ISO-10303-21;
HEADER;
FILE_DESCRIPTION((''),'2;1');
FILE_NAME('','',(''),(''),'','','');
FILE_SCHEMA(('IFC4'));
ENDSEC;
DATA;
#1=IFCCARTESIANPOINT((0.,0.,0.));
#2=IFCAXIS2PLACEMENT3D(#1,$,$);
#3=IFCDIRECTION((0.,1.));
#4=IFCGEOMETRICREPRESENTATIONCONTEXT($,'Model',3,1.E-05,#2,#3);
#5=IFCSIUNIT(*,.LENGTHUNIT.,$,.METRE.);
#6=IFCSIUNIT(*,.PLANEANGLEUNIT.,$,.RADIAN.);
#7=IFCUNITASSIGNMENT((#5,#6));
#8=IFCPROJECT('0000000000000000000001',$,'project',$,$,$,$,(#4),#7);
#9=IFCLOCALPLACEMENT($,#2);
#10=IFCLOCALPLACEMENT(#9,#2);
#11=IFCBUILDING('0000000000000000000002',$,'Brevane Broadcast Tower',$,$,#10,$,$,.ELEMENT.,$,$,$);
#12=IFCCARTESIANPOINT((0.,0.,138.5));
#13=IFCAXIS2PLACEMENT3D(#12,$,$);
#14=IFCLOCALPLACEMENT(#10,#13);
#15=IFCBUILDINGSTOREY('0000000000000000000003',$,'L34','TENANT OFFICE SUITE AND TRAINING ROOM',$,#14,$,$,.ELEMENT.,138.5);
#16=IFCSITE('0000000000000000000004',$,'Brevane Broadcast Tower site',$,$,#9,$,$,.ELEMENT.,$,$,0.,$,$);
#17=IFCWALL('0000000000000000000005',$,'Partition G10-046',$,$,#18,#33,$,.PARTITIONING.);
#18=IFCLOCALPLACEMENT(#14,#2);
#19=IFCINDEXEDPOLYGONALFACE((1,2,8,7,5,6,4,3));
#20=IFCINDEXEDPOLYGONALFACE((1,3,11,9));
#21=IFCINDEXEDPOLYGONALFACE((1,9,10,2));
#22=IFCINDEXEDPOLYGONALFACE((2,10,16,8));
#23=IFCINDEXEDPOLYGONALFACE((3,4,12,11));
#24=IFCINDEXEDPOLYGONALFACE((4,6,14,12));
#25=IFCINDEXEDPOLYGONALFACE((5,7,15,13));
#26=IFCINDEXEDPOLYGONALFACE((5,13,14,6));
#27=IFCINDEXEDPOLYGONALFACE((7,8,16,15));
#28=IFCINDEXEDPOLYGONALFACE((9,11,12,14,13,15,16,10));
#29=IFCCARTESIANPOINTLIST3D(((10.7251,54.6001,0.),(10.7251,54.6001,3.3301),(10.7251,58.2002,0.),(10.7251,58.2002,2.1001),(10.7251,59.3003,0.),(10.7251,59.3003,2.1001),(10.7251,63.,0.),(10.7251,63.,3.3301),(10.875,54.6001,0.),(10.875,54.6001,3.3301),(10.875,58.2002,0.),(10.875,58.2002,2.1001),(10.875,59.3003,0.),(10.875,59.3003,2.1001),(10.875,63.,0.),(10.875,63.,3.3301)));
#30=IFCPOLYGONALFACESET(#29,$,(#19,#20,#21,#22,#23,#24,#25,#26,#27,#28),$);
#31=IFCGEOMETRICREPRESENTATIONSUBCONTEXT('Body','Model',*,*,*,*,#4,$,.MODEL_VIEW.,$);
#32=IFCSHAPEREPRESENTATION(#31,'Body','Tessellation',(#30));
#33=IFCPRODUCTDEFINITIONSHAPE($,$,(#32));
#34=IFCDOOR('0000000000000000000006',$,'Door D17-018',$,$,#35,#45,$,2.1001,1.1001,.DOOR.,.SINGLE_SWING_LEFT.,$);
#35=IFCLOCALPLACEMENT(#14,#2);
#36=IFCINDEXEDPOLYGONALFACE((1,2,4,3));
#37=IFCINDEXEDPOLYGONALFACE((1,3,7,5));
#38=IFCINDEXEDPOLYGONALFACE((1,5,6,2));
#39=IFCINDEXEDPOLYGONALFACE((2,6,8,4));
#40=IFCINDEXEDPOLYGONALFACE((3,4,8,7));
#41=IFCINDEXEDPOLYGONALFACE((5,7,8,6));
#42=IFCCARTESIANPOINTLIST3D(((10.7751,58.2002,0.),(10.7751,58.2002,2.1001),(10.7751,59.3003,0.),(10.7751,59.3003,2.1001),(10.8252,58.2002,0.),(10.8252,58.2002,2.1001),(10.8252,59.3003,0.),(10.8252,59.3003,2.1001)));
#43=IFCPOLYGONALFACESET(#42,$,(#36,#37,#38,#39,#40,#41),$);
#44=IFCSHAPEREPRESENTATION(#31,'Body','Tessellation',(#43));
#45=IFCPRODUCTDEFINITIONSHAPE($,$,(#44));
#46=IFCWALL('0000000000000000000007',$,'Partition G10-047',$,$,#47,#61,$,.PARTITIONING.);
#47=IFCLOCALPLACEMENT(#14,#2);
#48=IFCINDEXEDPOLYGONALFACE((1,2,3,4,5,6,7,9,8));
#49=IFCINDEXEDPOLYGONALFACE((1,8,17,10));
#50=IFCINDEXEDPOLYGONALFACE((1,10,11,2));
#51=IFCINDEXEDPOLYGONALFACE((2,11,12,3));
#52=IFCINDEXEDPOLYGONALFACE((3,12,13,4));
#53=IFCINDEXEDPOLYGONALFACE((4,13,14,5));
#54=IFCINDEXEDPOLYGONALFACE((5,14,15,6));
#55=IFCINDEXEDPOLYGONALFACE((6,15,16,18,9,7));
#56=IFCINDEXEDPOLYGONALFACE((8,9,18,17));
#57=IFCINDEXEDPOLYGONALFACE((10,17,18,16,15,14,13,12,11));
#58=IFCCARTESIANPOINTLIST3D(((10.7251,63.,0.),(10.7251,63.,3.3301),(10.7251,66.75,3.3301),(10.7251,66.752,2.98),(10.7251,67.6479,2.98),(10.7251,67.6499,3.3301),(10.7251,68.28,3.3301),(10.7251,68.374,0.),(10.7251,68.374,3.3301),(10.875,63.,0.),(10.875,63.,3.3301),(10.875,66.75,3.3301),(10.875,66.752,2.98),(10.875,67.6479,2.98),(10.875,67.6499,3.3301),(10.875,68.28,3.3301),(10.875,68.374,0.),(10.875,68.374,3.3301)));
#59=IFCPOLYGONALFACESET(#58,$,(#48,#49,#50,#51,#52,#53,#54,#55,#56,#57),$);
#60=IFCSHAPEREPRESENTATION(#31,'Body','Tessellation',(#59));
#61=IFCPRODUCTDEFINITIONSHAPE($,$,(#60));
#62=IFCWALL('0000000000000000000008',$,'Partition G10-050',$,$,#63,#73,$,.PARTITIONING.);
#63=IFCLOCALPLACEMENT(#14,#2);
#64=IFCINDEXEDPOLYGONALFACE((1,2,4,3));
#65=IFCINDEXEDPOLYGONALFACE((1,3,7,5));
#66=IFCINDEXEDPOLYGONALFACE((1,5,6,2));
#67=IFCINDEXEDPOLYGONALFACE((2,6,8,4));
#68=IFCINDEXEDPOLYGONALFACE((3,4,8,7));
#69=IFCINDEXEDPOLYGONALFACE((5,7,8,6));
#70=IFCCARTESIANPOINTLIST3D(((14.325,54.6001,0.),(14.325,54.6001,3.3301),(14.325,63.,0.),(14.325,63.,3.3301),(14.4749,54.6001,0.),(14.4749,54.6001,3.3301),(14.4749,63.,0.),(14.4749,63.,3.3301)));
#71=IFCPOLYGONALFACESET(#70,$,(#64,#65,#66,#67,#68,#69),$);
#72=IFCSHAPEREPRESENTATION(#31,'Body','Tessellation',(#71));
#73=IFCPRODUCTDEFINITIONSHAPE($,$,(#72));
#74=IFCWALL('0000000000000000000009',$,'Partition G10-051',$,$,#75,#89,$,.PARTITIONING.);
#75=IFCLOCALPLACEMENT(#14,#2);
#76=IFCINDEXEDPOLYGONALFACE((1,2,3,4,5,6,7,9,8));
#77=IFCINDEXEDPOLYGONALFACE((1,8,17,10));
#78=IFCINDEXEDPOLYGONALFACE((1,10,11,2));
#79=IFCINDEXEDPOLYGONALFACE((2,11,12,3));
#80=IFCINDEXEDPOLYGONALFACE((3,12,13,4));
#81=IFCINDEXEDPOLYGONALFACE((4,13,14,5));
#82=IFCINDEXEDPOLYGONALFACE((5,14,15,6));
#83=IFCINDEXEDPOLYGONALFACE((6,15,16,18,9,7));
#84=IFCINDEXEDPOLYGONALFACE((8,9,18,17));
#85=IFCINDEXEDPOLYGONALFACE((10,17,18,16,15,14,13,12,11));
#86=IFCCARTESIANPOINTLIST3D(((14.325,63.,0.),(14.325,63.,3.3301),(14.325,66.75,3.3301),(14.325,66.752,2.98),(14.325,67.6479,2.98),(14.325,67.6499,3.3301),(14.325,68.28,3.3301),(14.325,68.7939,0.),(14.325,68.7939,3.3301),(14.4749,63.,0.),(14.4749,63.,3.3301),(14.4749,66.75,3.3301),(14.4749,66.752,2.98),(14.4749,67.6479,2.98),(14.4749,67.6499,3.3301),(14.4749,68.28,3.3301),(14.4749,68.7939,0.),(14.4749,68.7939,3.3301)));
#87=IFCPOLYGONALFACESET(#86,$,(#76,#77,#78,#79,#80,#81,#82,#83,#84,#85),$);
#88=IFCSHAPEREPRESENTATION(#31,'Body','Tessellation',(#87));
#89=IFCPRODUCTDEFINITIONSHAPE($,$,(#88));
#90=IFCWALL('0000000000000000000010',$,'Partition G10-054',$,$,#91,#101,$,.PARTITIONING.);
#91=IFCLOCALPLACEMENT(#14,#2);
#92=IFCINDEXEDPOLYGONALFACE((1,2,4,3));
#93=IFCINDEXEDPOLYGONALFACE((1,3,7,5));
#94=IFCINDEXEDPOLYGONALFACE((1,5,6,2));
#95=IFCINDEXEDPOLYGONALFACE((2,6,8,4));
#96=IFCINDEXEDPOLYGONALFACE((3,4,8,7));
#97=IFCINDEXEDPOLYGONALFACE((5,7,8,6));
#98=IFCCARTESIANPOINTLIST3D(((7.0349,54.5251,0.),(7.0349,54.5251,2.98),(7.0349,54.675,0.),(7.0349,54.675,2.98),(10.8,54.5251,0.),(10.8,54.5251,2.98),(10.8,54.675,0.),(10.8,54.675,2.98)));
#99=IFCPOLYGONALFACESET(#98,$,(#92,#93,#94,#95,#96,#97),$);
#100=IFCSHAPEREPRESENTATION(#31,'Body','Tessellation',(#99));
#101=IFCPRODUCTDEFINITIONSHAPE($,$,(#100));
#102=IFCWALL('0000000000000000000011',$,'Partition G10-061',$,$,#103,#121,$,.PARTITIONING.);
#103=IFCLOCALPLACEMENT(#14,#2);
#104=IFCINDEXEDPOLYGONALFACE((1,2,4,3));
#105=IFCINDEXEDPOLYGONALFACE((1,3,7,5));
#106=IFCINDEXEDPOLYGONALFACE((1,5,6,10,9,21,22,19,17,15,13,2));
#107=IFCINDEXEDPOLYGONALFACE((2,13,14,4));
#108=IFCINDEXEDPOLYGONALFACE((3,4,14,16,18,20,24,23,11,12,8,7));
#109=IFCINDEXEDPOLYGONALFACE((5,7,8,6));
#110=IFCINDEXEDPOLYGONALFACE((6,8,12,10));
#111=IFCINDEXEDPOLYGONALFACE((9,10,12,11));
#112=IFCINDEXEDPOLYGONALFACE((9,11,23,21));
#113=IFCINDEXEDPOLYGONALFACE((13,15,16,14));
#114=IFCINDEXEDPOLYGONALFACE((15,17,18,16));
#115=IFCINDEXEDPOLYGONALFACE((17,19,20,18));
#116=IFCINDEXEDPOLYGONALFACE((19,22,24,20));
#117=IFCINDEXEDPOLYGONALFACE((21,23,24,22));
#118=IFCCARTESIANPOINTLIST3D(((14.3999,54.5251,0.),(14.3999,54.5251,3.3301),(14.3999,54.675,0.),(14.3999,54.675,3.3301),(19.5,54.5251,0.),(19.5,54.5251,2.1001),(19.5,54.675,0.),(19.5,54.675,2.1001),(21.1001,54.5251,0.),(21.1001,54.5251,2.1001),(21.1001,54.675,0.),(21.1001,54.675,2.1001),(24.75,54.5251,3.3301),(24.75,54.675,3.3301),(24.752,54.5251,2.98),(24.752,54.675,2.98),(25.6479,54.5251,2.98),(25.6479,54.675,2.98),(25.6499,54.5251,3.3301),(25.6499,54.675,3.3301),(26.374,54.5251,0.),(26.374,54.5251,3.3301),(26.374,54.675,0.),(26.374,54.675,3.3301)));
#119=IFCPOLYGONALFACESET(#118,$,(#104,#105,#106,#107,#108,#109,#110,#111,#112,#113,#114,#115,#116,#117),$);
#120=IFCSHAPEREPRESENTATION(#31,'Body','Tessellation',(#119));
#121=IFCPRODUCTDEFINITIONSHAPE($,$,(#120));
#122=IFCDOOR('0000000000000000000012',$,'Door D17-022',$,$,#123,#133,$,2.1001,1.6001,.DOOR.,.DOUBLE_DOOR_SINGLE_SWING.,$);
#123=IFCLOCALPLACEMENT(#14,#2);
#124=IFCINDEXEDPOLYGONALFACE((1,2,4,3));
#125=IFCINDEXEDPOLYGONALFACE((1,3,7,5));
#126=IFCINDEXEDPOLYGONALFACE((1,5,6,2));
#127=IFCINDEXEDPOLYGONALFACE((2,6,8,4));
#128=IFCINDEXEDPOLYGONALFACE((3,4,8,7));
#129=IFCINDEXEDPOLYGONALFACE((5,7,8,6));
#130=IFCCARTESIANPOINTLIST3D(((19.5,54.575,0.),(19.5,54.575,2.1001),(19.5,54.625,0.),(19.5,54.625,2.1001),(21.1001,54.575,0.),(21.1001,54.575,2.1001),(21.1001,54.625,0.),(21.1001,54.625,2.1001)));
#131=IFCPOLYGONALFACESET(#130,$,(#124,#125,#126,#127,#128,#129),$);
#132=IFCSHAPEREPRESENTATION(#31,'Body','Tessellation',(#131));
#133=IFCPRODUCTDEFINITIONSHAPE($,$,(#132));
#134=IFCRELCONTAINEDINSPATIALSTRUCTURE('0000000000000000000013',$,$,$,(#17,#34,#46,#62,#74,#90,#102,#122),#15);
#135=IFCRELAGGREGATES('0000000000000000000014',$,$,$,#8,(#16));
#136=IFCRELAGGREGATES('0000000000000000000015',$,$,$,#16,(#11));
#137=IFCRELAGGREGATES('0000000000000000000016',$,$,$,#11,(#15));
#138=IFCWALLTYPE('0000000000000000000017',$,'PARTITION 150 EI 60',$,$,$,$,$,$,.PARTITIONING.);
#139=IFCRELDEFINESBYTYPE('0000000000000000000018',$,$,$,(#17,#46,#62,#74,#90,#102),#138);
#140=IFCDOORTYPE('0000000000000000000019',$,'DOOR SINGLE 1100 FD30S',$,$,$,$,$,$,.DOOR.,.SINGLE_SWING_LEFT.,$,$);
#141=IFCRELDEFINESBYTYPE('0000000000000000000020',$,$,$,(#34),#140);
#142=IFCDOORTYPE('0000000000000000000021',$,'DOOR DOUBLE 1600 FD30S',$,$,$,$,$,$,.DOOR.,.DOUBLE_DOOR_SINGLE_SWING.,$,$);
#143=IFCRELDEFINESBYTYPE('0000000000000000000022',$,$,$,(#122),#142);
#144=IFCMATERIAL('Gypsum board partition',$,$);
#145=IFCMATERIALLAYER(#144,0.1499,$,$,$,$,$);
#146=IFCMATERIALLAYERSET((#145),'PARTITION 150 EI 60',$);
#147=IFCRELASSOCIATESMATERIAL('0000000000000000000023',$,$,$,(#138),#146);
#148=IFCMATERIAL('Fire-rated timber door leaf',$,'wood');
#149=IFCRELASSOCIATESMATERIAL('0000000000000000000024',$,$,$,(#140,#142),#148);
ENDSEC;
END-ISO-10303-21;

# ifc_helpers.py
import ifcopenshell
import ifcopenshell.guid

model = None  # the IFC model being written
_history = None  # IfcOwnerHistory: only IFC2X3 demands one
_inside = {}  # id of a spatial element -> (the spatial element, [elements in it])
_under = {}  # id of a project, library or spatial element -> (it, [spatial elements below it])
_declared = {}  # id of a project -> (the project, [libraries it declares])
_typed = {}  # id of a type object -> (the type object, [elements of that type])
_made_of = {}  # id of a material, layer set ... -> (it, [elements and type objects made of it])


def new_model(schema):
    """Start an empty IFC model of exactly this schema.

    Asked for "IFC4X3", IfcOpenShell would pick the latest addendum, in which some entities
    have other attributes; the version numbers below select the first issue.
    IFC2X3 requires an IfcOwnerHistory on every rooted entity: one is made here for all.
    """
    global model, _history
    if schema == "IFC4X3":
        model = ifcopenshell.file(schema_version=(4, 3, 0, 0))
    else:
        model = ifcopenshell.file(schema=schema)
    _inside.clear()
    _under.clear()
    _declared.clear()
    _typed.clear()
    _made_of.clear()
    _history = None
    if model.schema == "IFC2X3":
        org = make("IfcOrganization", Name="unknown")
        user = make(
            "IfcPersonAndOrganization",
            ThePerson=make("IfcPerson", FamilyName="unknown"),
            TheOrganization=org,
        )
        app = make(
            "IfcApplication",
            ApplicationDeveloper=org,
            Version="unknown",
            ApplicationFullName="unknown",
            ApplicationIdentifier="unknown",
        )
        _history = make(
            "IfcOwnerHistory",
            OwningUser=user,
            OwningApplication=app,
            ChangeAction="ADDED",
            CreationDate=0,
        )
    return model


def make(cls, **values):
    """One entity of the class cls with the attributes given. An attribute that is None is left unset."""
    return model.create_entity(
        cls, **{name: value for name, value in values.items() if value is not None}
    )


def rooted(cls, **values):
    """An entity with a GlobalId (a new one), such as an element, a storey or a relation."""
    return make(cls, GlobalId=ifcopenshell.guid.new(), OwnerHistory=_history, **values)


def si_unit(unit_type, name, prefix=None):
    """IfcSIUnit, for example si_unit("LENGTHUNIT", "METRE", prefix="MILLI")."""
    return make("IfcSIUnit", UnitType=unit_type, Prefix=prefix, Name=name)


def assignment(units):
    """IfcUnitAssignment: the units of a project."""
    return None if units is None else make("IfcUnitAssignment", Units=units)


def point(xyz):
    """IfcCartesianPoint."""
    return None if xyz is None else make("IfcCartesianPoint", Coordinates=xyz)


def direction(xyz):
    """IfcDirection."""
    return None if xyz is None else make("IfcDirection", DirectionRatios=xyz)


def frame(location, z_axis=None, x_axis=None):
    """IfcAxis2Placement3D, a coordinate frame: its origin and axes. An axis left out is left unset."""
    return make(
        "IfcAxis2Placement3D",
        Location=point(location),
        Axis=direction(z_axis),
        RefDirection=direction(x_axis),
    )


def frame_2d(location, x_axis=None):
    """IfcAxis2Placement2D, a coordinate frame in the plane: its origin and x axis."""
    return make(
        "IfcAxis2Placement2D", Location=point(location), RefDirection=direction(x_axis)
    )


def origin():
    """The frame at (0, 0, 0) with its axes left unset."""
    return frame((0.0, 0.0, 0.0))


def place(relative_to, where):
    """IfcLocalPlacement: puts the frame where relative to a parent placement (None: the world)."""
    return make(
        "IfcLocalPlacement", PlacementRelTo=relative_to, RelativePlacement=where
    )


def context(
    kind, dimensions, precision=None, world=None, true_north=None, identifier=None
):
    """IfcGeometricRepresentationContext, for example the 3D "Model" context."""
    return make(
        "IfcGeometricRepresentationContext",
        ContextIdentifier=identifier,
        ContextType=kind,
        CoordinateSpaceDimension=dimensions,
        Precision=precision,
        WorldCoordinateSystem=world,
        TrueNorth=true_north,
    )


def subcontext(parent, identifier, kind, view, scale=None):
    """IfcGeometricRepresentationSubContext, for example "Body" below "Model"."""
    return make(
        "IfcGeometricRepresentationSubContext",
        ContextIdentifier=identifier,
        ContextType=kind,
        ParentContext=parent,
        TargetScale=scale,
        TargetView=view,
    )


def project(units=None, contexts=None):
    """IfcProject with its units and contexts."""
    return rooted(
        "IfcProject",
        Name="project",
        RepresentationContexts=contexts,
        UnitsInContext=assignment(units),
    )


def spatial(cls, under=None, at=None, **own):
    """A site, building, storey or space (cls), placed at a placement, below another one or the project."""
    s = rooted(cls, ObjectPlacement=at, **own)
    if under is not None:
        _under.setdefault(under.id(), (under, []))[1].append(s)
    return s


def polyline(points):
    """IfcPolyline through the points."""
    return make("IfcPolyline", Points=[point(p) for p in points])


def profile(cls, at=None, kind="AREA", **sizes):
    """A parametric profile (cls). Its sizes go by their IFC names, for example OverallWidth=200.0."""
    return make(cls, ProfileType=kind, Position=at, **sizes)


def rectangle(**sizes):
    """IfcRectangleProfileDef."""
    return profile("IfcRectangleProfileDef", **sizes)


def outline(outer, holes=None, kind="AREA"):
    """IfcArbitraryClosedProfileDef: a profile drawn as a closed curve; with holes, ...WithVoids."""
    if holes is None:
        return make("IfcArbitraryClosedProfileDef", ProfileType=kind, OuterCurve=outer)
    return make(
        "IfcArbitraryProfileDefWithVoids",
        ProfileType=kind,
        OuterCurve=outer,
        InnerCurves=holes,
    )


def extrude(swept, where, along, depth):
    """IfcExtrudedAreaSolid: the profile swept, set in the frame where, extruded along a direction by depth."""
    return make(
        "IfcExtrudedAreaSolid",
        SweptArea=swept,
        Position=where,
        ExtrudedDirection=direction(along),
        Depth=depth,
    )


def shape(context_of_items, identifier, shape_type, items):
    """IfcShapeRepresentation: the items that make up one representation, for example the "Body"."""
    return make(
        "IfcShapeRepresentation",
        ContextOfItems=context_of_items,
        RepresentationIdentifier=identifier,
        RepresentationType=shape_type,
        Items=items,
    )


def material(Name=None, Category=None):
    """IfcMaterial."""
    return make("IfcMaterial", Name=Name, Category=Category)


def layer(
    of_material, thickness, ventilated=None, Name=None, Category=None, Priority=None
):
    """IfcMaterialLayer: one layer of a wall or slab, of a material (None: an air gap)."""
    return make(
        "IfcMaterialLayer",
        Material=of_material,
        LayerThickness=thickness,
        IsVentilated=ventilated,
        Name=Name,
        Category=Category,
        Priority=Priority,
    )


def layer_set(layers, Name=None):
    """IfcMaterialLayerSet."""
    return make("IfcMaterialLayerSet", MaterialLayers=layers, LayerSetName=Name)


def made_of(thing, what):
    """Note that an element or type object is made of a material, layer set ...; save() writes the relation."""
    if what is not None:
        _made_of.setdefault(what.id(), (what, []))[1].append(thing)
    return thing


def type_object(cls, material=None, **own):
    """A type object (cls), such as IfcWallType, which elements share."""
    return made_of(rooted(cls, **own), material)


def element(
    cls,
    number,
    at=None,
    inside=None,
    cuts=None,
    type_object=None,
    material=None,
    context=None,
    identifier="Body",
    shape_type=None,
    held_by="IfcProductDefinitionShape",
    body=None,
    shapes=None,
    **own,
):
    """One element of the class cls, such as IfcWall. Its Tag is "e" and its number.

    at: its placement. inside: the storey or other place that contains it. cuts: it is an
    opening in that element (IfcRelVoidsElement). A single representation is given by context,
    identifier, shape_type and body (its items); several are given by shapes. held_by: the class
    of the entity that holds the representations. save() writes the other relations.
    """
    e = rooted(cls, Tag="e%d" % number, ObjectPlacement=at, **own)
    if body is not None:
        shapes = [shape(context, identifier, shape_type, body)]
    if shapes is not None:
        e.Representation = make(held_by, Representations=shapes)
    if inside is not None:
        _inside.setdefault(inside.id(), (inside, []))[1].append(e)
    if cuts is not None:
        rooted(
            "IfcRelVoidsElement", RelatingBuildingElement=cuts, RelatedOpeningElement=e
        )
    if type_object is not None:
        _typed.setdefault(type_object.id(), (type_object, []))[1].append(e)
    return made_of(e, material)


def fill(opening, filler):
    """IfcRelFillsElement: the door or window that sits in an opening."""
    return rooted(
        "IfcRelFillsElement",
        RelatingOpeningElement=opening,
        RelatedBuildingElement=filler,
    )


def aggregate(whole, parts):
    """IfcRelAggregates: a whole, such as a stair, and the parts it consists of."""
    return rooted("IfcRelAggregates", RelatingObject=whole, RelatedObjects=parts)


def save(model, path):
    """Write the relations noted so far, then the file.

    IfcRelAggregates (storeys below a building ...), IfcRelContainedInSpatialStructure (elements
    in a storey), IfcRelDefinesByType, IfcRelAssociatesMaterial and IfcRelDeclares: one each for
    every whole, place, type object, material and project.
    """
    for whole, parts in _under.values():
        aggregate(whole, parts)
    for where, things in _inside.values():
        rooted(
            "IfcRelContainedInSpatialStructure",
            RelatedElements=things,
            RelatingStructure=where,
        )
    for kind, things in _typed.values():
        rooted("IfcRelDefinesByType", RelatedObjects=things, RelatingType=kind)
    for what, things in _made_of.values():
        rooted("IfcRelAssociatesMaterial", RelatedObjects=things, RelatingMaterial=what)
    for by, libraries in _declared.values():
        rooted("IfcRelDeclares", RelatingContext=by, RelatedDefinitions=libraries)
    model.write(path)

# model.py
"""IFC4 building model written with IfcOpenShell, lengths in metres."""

from ifc_helpers import new_model, si_unit, direction, frame, frame_2d, origin, place, context, subcontext, project, spatial, polyline, rectangle, outline, extrude, material, layer, layer_set, type_object, element, fill, save


model = new_model("IFC4")

# Units and contexts
model_context = context("Model", 3, precision=1e-05, world=origin(), true_north=direction((0.0, 1.0)))
body_context = subcontext(model_context, "Body", "Model", "MODEL_VIEW")
ifc_project = project(units=[si_unit("LENGTHUNIT", "METRE"), si_unit("PLANEANGLEUNIT", "RADIAN")], contexts=[model_context])

# Site, building, storey
site_placement = place(None, origin())
site = spatial("IfcSite", under=ifc_project, at=site_placement, Name="Brevane Broadcast Tower site", CompositionType="ELEMENT", RefElevation=0.0)
building_placement = place(site_placement, origin())
building = spatial("IfcBuilding", under=site, at=building_placement, Name="Brevane Broadcast Tower", CompositionType="ELEMENT")
storey_placement = place(building_placement, frame((0.0, 0.0, 138.5)))
storey = spatial("IfcBuildingStorey", under=building, at=storey_placement, Name="L34", Description="TENANT OFFICE SUITE AND TRAINING ROOM", CompositionType="ELEMENT", Elevation=138.5)

# Shared definitions
ifc_material_1 = material(Name="Gypsum board partition")

# Wall, opening, door
ifc_layer_1 = layer(ifc_material_1, 0.1499)
ifc_layer_set_1 = layer_set([ifc_layer_1], Name="PARTITION 150 EI 60")
wall_type_1 = type_object("IfcWallType", Name="PARTITION 150 EI 60", PredefinedType="PARTITIONING", material=ifc_layer_set_1)
wall_1_placement = place(storey_placement, frame((10.8, 54.6001, 0.0), z_axis=(0.0, 0.0, 1.0), x_axis=(0.0, 1.0, 0.0)))
wall_1 = element("IfcWall", 1, at=wall_1_placement, inside=storey, type_object=wall_type_1, Name="Partition G10-046", PredefinedType="PARTITIONING", context=body_context, shape_type="SweptSolid", body=[
    extrude(rectangle(XDim=8.3999, YDim=0.1499, at=frame_2d((4.2, 0.0))), origin(), (0.0, 0.0, 1.0), 3.3301),
])
opening_1_placement = place(wall_1_placement, frame((3.6001, 0.0, 0.0)))
opening_1 = element("IfcOpeningElement", 2, at=opening_1_placement, cuts=wall_1, PredefinedType="OPENING", context=body_context, shape_type="SweptSolid", body=[
    extrude(rectangle(XDim=1.1001, YDim=2.1001, at=frame_2d((0.55, 1.05))), frame((0.0, 0.085, 0.0), z_axis=(0.0, -1.0, 0.0), x_axis=(1.0, 0.0, 0.0)), (0.0, 0.0, 1.0), 0.1699),
])
ifc_material_2 = material(Name="Fire-rated timber door leaf", Category="wood")
door_type_1 = type_object("IfcDoorType", Name="DOOR SINGLE 1100 FD30S", OperationType="SINGLE_SWING_LEFT", PredefinedType="DOOR", material=ifc_material_2)
door_1_placement = place(opening_1_placement, origin())
door_1 = element("IfcDoor", 3, at=door_1_placement, inside=storey, type_object=door_type_1, Name="Door D17-018", OperationType="SINGLE_SWING_LEFT", OverallHeight=2.1001, OverallWidth=1.1001, PredefinedType="DOOR", context=body_context, shape_type="SweptSolid", body=[
    extrude(rectangle(XDim=1.1001, YDim=2.1001, at=frame_2d((0.55, 1.05))), frame((0.0, 0.0249, 0.0), z_axis=(0.0, -1.0, 0.0), x_axis=(1.0, 0.0, 0.0)), (0.0, 0.0, 1.0), 0.05),
])
fill(opening_1, door_1)

# Walls
wall_2_placement = place(storey_placement, frame((10.8, 63.0, 0.0), z_axis=(0.0, 0.0, 1.0), x_axis=(0.0, 1.0, 0.0)))
element("IfcWall", 4, at=wall_2_placement, inside=storey, type_object=wall_type_1, Name="Partition G10-047", PredefinedType="PARTITIONING", context=body_context, shape_type="SweptSolid", body=[
    extrude(outline(polyline([(0.0, 0.0), (5.374, 0.0), (5.374, 3.3301), (5.28, 3.3301), (4.6499, 3.3301), (4.6479, 2.98), (3.752, 2.98), (3.75, 3.3301), (0.0, 3.3301), (0.0, 0.0)])), frame((0.0, 0.075, 0.0), z_axis=(0.0, -1.0, 0.0), x_axis=(1.0, 0.0, 0.0)), (0.0, 0.0, 1.0), 0.1499),
])
wall_3_placement = place(storey_placement, frame((14.3999, 63.0, 0.0), z_axis=(0.0, 0.0, 1.0), x_axis=(0.0, -1.0, 0.0)))
element("IfcWall", 5, at=wall_3_placement, inside=storey, type_object=wall_type_1, Name="Partition G10-050", PredefinedType="PARTITIONING", context=body_context, shape_type="SweptSolid", body=[
    extrude(rectangle(XDim=8.3999, YDim=0.1499, at=frame_2d((4.2, 0.0))), origin(), (0.0, 0.0, 1.0), 3.3301),
])
wall_4_placement = place(storey_placement, frame((14.3999, 68.7939, 0.0), z_axis=(0.0, 0.0, 1.0), x_axis=(0.0, -1.0, 0.0)))
element("IfcWall", 6, at=wall_4_placement, inside=storey, type_object=wall_type_1, Name="Partition G10-051", PredefinedType="PARTITIONING", context=body_context, shape_type="SweptSolid", body=[
    extrude(outline(polyline([(0.0, 0.0), (5.7939, 0.0), (5.7939, 3.3301), (2.0439, 3.3301), (2.042, 2.98), (1.146, 2.98), (1.144, 3.3301), (0.5139, 3.3301), (0.0, 3.3301), (0.0, 0.0)])), frame((0.0, 0.075, 0.0), z_axis=(0.0, -1.0, 0.0), x_axis=(1.0, 0.0, 0.0)), (0.0, 0.0, 1.0), 0.1499),
])
wall_5_placement = place(storey_placement, frame((7.0349, 54.6001, 0.0), z_axis=(0.0, 0.0, 1.0), x_axis=(1.0, 0.0, 0.0)))
element("IfcWall", 7, at=wall_5_placement, inside=storey, type_object=wall_type_1, Name="Partition G10-054", PredefinedType="PARTITIONING", context=body_context, shape_type="SweptSolid", body=[
    extrude(rectangle(XDim=3.7651, YDim=0.1499, at=frame_2d((1.8826, 0.0))), origin(), (0.0, 0.0, 1.0), 2.98),
])

# Wall, opening, door
wall_6_placement = place(storey_placement, frame((14.3999, 54.6001, 0.0), z_axis=(0.0, 0.0, 1.0), x_axis=(1.0, 0.0, 0.0)))
wall_6 = element("IfcWall", 8, at=wall_6_placement, inside=storey, type_object=wall_type_1, Name="Partition G10-061", PredefinedType="PARTITIONING", context=body_context, shape_type="SweptSolid", body=[
    extrude(outline(polyline([(0.0, 0.0), (11.9741, 0.0), (11.9741, 3.3301), (11.8999, 3.3301), (11.25, 3.3301), (11.248, 2.98), (10.3521, 2.98), (10.3501, 3.3301), (0.0, 3.3301), (0.0, 0.0)])), frame((0.0, 0.075, 0.0), z_axis=(0.0, -1.0, 0.0), x_axis=(1.0, 0.0, 0.0)), (0.0, 0.0, 1.0), 0.1499),
])
opening_2_placement = place(wall_6_placement, frame((5.1001, 0.0, 0.0)))
opening_2 = element("IfcOpeningElement", 9, at=opening_2_placement, cuts=wall_6, PredefinedType="OPENING", context=body_context, shape_type="SweptSolid", body=[
    extrude(rectangle(XDim=1.6001, YDim=2.1001, at=frame_2d((0.8, 1.05))), frame((0.0, 0.085, 0.0), z_axis=(0.0, -1.0, 0.0), x_axis=(1.0, 0.0, 0.0)), (0.0, 0.0, 1.0), 0.1699),
])
door_type_2 = type_object("IfcDoorType", Name="DOOR DOUBLE 1600 FD30S", OperationType="DOUBLE_DOOR_SINGLE_SWING", PredefinedType="DOOR", material=ifc_material_2)
door_2_placement = place(opening_2_placement, origin())
door_2 = element("IfcDoor", 10, at=door_2_placement, inside=storey, type_object=door_type_2, Name="Door D17-022", OperationType="DOUBLE_DOOR_SINGLE_SWING", OverallHeight=2.1001, OverallWidth=1.6001, PredefinedType="DOOR", context=body_context, shape_type="SweptSolid", body=[
    extrude(rectangle(XDim=1.6001, YDim=2.1001, at=frame_2d((0.8, 1.05))), frame((0.0, 0.0249, 0.0), z_axis=(0.0, -1.0, 0.0), x_axis=(1.0, 0.0, 0.0)), (0.0, 0.0, 1.0), 0.05),
])
fill(opening_2, door_2)

save(model, "model.ifc")
